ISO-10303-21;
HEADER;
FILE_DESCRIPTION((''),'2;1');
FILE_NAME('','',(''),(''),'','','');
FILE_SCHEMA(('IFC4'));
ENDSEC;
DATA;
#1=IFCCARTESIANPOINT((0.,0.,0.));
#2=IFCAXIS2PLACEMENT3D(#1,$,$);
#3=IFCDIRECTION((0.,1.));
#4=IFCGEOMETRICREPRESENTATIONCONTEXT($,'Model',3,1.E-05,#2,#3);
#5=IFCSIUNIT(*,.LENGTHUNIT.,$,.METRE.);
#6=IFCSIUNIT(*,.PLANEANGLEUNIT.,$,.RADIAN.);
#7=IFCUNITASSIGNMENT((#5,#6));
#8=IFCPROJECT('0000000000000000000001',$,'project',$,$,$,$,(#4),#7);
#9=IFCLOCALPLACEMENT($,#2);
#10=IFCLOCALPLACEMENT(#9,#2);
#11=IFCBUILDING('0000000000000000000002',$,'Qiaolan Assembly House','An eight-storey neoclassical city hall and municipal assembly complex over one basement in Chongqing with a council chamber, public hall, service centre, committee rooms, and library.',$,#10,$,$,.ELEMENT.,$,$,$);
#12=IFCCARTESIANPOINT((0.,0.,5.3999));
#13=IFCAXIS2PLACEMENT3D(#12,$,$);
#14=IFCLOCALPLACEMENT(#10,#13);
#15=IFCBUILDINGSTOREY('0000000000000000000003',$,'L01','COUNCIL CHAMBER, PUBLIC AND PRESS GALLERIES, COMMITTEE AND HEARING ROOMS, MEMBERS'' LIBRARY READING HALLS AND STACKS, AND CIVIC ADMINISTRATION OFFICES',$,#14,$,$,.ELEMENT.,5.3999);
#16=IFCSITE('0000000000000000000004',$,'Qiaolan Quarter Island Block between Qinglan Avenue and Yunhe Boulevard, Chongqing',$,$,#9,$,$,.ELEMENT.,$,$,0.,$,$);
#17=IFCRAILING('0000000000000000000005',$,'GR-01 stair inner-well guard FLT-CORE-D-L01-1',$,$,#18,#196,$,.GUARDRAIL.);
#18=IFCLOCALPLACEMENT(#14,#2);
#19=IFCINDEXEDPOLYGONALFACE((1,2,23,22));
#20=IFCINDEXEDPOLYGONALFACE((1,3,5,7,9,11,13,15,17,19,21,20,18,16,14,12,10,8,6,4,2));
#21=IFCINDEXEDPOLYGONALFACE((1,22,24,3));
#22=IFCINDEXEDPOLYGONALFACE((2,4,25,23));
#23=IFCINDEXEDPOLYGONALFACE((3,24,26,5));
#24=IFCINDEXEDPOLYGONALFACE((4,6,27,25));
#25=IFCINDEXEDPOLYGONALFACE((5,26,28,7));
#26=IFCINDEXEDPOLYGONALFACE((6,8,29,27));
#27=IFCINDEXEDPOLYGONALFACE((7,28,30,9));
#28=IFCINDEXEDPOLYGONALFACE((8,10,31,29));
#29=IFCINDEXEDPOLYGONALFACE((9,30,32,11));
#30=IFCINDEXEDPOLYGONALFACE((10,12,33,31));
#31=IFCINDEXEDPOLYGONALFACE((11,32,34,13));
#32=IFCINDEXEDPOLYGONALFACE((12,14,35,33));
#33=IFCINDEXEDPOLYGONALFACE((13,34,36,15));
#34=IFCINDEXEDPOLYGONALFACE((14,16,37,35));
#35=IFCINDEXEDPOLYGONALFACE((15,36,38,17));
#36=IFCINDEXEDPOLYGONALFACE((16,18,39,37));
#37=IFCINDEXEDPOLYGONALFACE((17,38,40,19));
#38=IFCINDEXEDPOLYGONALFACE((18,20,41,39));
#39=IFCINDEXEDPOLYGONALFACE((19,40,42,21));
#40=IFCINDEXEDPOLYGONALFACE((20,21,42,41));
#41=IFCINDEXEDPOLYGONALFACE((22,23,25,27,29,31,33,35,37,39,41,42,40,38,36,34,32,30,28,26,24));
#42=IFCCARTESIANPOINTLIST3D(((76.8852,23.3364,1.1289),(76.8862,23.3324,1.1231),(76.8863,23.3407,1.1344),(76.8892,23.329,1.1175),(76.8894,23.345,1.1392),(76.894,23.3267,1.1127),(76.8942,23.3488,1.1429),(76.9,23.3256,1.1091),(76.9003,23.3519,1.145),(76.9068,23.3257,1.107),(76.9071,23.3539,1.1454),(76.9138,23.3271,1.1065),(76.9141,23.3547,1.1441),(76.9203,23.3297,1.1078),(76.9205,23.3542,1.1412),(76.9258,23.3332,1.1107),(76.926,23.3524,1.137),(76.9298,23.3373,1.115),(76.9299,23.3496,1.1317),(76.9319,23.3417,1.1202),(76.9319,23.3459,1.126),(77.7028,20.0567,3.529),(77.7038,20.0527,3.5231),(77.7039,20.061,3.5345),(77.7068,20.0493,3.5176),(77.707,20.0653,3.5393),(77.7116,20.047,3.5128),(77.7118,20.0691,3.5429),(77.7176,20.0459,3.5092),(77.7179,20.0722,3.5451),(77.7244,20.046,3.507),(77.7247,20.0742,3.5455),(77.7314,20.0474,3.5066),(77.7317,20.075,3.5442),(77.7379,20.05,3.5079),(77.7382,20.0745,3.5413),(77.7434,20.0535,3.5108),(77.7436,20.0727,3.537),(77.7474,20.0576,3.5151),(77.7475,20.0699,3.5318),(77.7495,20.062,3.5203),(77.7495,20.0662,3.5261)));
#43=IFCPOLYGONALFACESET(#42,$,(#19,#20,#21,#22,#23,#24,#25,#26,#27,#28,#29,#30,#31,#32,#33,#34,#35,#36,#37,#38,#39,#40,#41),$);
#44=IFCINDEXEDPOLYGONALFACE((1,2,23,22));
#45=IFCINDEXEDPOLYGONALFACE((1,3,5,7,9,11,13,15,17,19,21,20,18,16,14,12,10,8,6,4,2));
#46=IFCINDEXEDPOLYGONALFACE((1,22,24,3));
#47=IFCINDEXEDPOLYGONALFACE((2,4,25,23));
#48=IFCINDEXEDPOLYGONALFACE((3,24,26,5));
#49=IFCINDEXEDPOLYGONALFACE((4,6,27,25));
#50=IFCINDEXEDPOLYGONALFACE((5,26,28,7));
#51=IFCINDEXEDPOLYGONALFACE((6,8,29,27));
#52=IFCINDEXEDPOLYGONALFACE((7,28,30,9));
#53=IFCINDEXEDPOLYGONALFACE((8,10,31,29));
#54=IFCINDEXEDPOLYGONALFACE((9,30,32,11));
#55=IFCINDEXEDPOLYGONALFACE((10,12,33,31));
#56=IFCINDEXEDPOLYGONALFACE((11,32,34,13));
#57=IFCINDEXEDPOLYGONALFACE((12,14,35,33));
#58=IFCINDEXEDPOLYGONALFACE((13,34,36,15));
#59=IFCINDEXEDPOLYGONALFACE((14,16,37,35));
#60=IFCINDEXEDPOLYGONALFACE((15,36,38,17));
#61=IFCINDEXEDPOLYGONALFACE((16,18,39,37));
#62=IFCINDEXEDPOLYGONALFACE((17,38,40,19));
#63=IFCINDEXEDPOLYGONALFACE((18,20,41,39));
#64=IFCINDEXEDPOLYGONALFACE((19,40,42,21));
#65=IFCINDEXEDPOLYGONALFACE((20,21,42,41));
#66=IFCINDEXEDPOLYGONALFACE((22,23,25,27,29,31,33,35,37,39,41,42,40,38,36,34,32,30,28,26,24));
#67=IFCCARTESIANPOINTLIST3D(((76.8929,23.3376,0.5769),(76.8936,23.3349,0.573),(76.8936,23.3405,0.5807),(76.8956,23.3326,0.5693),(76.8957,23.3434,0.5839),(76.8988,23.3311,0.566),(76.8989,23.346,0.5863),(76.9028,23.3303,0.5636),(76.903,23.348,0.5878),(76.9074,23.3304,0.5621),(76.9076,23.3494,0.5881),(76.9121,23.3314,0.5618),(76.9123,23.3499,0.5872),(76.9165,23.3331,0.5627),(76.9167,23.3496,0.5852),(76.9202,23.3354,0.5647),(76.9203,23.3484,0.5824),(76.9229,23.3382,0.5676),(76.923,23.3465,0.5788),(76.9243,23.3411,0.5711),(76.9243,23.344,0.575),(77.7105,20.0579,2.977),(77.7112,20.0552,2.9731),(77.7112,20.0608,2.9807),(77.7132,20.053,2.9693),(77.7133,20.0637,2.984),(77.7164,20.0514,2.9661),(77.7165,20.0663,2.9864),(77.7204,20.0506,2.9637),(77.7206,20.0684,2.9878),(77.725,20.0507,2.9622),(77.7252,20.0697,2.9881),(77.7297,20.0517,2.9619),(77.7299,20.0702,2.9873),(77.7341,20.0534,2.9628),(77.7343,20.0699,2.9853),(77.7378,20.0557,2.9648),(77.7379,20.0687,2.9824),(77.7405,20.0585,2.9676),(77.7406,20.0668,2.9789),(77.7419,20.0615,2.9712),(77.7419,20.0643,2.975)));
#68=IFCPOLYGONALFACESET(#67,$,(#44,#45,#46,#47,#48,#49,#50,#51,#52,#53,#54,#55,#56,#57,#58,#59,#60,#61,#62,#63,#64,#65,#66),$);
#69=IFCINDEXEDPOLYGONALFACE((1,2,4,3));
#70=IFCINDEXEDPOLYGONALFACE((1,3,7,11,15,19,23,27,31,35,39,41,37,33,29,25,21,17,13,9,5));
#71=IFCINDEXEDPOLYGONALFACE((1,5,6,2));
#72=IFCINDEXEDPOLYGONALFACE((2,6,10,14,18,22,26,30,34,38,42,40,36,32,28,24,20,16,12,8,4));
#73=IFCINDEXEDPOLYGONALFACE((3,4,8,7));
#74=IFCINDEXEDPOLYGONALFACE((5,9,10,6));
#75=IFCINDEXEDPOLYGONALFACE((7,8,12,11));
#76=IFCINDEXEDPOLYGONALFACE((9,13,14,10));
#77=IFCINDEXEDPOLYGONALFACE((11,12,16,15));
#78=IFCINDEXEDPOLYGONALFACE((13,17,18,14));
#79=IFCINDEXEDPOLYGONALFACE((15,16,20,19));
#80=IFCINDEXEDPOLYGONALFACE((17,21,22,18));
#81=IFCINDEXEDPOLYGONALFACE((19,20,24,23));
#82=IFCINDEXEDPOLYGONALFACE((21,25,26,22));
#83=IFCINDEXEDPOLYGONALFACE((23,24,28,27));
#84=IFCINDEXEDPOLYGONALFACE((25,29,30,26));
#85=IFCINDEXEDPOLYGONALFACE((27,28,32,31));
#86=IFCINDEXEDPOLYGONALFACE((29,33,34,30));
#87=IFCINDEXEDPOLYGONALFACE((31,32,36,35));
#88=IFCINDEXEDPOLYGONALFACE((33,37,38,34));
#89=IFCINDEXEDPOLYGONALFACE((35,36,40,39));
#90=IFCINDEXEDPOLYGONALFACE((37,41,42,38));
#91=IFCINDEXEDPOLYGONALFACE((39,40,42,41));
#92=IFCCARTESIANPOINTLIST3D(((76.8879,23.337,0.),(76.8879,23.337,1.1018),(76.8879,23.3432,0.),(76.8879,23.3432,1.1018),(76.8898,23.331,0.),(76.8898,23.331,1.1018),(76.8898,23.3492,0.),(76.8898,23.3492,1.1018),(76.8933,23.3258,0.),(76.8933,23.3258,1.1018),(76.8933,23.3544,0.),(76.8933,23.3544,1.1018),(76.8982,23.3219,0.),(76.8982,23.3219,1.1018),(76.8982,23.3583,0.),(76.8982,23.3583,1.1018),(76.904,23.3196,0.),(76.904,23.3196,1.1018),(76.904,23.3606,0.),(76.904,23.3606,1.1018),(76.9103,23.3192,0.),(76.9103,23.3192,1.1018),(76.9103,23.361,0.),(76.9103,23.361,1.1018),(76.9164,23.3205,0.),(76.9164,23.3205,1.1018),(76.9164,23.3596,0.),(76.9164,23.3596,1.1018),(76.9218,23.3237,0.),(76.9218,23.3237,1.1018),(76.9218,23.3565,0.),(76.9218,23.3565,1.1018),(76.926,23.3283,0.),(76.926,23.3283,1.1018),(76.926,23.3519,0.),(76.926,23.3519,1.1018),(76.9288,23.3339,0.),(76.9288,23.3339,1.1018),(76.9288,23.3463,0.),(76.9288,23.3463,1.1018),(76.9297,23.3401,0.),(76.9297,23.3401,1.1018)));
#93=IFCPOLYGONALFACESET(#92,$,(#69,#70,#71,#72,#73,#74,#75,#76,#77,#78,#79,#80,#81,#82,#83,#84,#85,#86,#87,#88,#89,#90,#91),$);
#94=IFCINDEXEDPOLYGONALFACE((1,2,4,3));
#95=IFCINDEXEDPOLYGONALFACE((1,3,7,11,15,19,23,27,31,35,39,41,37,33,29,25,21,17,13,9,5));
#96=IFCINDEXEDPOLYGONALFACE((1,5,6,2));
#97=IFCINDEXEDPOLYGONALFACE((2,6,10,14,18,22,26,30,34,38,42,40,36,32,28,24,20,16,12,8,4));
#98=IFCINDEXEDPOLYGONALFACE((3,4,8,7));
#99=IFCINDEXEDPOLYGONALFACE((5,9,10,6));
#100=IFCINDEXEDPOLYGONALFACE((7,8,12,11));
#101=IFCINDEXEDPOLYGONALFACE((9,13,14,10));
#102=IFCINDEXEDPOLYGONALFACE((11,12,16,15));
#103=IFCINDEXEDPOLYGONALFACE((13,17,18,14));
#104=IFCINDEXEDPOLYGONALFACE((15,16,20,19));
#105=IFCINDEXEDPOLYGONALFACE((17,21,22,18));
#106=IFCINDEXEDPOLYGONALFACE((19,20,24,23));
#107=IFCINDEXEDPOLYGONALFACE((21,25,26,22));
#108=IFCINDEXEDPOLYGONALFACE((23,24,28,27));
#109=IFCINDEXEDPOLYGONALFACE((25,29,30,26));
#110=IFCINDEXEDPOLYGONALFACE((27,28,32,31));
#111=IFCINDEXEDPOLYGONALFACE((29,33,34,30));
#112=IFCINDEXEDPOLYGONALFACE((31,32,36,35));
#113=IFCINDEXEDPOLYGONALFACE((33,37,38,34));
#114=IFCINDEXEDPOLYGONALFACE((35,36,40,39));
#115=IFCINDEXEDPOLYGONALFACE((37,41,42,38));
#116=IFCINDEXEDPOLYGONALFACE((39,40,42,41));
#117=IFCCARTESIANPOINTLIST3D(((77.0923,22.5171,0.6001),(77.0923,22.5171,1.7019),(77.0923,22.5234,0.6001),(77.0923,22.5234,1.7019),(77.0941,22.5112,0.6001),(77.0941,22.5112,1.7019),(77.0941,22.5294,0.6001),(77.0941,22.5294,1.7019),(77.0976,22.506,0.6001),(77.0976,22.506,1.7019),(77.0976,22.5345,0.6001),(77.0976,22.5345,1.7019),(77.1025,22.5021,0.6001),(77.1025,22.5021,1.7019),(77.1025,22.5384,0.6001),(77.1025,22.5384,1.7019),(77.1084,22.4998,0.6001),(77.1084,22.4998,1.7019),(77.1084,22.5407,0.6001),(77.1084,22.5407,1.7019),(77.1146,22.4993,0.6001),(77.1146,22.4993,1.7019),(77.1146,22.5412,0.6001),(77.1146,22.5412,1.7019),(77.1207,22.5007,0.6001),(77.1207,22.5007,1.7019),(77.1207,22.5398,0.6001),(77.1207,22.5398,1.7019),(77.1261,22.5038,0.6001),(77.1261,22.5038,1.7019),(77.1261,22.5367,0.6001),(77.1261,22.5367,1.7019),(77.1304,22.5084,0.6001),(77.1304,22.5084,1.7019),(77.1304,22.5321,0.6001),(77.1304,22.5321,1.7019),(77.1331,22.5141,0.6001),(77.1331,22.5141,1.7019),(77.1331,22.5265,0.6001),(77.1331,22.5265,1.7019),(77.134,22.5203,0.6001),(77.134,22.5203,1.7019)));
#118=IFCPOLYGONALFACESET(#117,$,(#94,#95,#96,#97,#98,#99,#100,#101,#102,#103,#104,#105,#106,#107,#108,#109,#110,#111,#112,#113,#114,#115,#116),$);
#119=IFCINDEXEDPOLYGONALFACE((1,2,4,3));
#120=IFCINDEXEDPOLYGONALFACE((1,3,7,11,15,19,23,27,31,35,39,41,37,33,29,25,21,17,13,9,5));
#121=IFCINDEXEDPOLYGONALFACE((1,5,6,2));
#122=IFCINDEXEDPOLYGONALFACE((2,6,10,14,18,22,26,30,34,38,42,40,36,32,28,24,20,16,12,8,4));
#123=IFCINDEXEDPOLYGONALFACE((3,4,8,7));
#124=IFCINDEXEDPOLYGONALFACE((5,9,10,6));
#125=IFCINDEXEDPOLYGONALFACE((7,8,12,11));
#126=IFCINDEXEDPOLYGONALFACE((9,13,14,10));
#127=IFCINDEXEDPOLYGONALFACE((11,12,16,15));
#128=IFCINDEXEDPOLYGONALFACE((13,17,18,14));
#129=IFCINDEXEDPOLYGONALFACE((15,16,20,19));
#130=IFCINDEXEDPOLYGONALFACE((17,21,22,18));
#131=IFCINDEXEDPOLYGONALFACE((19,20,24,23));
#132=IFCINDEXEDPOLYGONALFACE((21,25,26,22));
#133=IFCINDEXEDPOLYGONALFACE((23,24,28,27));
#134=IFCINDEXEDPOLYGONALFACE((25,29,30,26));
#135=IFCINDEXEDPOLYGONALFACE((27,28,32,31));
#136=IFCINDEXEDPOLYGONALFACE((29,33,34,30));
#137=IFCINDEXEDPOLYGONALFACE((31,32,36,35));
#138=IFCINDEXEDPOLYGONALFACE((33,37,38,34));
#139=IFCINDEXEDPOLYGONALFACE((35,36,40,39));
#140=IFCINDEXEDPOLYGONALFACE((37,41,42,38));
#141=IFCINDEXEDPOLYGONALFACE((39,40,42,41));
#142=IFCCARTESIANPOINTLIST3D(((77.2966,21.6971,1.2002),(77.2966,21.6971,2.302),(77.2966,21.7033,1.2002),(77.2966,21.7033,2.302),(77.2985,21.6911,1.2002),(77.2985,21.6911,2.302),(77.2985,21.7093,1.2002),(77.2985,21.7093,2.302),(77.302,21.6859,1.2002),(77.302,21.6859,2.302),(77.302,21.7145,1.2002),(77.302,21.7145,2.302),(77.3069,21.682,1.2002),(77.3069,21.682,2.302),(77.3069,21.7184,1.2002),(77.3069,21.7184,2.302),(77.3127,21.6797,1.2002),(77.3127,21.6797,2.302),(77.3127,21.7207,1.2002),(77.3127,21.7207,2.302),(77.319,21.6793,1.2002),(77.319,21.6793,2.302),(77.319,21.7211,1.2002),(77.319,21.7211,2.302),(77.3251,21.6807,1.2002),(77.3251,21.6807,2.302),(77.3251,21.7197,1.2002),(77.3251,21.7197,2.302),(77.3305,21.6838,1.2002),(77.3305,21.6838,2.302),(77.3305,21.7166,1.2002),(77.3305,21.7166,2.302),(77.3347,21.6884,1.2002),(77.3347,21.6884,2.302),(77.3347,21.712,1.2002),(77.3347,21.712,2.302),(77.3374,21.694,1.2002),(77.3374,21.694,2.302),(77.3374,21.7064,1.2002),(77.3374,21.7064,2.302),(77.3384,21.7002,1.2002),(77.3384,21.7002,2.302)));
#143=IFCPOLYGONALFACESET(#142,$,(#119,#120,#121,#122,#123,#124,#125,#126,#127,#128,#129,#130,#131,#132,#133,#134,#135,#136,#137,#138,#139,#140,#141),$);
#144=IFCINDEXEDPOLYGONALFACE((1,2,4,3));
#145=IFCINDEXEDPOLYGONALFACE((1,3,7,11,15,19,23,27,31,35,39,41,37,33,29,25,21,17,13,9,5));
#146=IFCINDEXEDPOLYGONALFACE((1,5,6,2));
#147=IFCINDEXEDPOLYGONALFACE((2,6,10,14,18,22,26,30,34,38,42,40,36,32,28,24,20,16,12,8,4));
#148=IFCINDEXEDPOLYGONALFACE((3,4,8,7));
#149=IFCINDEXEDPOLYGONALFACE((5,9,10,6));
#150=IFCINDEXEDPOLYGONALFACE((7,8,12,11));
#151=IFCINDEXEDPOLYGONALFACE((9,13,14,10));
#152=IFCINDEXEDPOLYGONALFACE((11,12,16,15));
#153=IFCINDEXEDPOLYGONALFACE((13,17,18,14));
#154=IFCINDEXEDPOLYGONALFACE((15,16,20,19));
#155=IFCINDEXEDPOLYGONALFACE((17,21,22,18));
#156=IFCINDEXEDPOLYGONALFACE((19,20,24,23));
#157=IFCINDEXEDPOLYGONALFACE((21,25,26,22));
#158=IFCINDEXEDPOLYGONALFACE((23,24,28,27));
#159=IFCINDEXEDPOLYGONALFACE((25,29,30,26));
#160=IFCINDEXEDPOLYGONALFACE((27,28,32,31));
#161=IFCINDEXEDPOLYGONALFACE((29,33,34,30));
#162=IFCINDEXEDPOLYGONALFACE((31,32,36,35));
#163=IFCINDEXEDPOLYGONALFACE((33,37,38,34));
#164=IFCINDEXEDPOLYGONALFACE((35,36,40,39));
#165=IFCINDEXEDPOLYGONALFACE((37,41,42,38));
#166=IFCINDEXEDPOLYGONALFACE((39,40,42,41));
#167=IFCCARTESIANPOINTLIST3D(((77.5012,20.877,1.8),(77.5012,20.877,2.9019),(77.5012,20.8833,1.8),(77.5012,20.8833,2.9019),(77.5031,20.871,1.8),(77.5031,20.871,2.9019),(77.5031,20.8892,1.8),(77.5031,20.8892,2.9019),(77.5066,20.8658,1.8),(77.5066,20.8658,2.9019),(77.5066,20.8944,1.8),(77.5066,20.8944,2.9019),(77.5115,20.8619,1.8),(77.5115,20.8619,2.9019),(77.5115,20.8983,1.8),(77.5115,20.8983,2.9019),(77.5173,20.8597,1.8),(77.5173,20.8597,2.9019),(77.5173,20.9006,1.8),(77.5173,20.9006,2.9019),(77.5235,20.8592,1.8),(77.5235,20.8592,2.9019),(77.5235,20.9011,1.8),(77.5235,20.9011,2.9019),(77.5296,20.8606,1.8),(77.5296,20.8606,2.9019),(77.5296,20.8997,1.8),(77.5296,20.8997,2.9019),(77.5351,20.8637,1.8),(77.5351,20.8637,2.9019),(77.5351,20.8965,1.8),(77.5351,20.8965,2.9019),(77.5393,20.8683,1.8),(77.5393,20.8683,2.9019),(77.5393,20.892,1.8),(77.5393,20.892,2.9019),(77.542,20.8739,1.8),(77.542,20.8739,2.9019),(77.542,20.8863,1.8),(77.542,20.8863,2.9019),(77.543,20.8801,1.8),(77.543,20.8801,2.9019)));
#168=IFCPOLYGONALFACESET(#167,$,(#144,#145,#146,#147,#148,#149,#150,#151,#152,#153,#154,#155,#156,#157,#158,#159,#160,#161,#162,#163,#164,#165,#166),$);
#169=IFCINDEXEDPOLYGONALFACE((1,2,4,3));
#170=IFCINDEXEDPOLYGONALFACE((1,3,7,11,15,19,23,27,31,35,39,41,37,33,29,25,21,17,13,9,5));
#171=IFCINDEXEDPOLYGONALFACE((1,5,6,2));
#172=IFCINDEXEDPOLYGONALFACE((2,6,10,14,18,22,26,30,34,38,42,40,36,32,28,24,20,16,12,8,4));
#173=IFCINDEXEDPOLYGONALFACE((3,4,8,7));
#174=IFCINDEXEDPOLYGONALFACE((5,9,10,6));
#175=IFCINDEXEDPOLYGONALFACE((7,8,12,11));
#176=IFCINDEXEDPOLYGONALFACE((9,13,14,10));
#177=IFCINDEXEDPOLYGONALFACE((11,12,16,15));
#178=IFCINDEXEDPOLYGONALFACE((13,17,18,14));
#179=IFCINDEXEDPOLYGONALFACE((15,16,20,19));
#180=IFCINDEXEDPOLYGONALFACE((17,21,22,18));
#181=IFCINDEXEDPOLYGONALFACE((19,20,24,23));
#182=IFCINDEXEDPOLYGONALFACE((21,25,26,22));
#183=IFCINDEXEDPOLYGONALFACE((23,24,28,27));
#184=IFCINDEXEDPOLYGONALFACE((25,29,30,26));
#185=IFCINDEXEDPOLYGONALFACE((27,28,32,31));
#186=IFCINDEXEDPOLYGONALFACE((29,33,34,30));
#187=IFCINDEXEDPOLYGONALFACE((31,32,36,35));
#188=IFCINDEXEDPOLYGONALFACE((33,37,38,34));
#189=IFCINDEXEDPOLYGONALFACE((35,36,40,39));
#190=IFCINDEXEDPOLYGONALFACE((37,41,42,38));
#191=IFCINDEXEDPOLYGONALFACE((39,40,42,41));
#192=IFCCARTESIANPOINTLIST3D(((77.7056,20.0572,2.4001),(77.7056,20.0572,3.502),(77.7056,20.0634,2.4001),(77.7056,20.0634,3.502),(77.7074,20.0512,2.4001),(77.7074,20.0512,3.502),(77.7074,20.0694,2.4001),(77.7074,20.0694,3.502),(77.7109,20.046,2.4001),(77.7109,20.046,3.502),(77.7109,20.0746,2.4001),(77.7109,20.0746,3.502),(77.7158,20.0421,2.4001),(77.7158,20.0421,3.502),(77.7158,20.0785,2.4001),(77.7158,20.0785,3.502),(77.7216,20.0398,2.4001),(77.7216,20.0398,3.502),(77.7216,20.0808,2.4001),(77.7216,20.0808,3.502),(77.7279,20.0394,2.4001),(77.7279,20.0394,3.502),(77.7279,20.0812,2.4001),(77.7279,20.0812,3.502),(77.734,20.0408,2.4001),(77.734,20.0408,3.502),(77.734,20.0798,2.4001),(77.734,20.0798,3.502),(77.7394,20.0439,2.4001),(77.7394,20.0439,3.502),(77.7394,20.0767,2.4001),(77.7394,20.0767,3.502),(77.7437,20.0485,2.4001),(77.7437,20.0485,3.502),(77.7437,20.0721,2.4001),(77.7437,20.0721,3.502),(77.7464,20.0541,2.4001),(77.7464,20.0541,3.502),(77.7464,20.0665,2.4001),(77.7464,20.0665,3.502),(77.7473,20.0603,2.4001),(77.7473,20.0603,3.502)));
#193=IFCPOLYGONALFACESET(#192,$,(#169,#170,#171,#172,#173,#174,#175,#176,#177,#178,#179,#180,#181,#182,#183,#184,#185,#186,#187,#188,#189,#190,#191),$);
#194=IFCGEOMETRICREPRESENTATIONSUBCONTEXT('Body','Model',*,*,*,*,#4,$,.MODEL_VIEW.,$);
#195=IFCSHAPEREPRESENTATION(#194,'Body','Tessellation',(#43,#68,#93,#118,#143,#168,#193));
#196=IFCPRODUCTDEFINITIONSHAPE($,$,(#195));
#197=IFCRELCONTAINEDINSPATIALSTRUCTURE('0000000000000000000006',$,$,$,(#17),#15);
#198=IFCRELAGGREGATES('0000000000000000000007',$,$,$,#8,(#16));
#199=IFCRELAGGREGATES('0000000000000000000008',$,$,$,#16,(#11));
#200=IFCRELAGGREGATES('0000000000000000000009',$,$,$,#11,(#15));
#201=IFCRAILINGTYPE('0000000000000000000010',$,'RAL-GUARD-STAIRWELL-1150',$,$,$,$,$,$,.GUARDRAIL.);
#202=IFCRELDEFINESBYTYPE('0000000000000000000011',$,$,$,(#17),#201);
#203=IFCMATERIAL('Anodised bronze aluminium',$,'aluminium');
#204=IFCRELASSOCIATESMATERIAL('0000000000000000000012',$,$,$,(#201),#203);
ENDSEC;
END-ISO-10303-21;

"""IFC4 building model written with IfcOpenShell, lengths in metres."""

from ifc_helpers import new_model, si_unit, direction, frame, origin, origin_2d, place, context, subcontext, project, spatial, circle, extrude, material, type_object, element, save


model = new_model("IFC4")

# Units and contexts
model_context = context("Model", 3, precision=1e-05, world=origin(), true_north=direction((0.0, 1.0)))
body_context = subcontext(model_context, "Body", "Model", "MODEL_VIEW")
ifc_project = project(units=[si_unit("LENGTHUNIT", "METRE"), si_unit("PLANEANGLEUNIT", "RADIAN")], contexts=[model_context])

# Site, building, storey
site_placement = place(None, origin())
site = spatial("IfcSite", under=ifc_project, at=site_placement, Name="Qiaolan Quarter Island Block between Qinglan Avenue and Yunhe Boulevard, Chongqing", CompositionType="ELEMENT", RefElevation=0.0)
building_placement = place(site_placement, origin())
building = spatial("IfcBuilding", under=site, at=building_placement, Name="Qiaolan Assembly House", Description="An eight-storey neoclassical city hall and municipal assembly complex over one basement in Chongqing with a council chamber, public hall, service centre, committee rooms, and library.", CompositionType="ELEMENT")
storey_placement = place(building_placement, frame((0.0, 0.0, 5.3999)))
storey = spatial("IfcBuildingStorey", under=building, at=storey_placement, Name="L01", Description="COUNCIL CHAMBER, PUBLIC AND PRESS GALLERIES, COMMITTEE AND HEARING ROOMS, MEMBERS' LIBRARY READING HALLS AND STACKS, AND CIVIC ADMINISTRATION OFFICES", CompositionType="ELEMENT", Elevation=5.3999)

# Railing
ifc_material_1 = material(Name="Anodised bronze aluminium", Category="aluminium")
railing_type_1 = type_object("IfcRailingType", Name="RAL-GUARD-STAIRWELL-1150", PredefinedType="GUARDRAIL", material=ifc_material_1)
railing_1_placement = place(storey_placement, frame((76.9087, 23.3401, 0.0)))
element("IfcRailing", 1, at=railing_1_placement, inside=storey, type_object=railing_type_1, Name="GR-01 stair inner-well guard FLT-CORE-D-L01-1", PredefinedType="GUARDRAIL", context=body_context, shape_type="SweptSolid", body=[
    extrude(circle(Radius=0.0239, at=origin_2d()), frame((0.0, 0.0, 1.126), z_axis=(0.197226, -0.791144, 0.578959), x_axis=(0.970304, 0.24189, 0.0)), (0.0, 0.0, 1.0), 4.1455),
    extrude(circle(Radius=0.0161, at=origin_2d()), frame((0.0, 0.0, 0.575), z_axis=(0.197226, -0.791144, 0.578959), x_axis=(0.970304, 0.24189, 0.0)), (0.0, 0.0, 1.0), 4.1455),
    extrude(circle(Radius=0.021, at=origin_2d()), origin(), (0.0, 0.0, 1.0), 1.1018),
    extrude(circle(Radius=0.021, at=origin_2d()), frame((0.2043, -0.8198, 0.6001)), (0.0, 0.0, 1.0), 1.1018),
    extrude(circle(Radius=0.021, at=origin_2d()), frame((0.4087, -1.6399, 1.2002)), (0.0, 0.0, 1.0), 1.1018),
    extrude(circle(Radius=0.021, at=origin_2d()), frame((0.6133, -2.46, 1.8)), (0.0, 0.0, 1.0), 1.1018),
    extrude(circle(Radius=0.021, at=origin_2d()), frame((0.8176, -3.2798, 2.4001)), (0.0, 0.0, 1.0), 1.1018),
])

save(model, "model.ifc")
